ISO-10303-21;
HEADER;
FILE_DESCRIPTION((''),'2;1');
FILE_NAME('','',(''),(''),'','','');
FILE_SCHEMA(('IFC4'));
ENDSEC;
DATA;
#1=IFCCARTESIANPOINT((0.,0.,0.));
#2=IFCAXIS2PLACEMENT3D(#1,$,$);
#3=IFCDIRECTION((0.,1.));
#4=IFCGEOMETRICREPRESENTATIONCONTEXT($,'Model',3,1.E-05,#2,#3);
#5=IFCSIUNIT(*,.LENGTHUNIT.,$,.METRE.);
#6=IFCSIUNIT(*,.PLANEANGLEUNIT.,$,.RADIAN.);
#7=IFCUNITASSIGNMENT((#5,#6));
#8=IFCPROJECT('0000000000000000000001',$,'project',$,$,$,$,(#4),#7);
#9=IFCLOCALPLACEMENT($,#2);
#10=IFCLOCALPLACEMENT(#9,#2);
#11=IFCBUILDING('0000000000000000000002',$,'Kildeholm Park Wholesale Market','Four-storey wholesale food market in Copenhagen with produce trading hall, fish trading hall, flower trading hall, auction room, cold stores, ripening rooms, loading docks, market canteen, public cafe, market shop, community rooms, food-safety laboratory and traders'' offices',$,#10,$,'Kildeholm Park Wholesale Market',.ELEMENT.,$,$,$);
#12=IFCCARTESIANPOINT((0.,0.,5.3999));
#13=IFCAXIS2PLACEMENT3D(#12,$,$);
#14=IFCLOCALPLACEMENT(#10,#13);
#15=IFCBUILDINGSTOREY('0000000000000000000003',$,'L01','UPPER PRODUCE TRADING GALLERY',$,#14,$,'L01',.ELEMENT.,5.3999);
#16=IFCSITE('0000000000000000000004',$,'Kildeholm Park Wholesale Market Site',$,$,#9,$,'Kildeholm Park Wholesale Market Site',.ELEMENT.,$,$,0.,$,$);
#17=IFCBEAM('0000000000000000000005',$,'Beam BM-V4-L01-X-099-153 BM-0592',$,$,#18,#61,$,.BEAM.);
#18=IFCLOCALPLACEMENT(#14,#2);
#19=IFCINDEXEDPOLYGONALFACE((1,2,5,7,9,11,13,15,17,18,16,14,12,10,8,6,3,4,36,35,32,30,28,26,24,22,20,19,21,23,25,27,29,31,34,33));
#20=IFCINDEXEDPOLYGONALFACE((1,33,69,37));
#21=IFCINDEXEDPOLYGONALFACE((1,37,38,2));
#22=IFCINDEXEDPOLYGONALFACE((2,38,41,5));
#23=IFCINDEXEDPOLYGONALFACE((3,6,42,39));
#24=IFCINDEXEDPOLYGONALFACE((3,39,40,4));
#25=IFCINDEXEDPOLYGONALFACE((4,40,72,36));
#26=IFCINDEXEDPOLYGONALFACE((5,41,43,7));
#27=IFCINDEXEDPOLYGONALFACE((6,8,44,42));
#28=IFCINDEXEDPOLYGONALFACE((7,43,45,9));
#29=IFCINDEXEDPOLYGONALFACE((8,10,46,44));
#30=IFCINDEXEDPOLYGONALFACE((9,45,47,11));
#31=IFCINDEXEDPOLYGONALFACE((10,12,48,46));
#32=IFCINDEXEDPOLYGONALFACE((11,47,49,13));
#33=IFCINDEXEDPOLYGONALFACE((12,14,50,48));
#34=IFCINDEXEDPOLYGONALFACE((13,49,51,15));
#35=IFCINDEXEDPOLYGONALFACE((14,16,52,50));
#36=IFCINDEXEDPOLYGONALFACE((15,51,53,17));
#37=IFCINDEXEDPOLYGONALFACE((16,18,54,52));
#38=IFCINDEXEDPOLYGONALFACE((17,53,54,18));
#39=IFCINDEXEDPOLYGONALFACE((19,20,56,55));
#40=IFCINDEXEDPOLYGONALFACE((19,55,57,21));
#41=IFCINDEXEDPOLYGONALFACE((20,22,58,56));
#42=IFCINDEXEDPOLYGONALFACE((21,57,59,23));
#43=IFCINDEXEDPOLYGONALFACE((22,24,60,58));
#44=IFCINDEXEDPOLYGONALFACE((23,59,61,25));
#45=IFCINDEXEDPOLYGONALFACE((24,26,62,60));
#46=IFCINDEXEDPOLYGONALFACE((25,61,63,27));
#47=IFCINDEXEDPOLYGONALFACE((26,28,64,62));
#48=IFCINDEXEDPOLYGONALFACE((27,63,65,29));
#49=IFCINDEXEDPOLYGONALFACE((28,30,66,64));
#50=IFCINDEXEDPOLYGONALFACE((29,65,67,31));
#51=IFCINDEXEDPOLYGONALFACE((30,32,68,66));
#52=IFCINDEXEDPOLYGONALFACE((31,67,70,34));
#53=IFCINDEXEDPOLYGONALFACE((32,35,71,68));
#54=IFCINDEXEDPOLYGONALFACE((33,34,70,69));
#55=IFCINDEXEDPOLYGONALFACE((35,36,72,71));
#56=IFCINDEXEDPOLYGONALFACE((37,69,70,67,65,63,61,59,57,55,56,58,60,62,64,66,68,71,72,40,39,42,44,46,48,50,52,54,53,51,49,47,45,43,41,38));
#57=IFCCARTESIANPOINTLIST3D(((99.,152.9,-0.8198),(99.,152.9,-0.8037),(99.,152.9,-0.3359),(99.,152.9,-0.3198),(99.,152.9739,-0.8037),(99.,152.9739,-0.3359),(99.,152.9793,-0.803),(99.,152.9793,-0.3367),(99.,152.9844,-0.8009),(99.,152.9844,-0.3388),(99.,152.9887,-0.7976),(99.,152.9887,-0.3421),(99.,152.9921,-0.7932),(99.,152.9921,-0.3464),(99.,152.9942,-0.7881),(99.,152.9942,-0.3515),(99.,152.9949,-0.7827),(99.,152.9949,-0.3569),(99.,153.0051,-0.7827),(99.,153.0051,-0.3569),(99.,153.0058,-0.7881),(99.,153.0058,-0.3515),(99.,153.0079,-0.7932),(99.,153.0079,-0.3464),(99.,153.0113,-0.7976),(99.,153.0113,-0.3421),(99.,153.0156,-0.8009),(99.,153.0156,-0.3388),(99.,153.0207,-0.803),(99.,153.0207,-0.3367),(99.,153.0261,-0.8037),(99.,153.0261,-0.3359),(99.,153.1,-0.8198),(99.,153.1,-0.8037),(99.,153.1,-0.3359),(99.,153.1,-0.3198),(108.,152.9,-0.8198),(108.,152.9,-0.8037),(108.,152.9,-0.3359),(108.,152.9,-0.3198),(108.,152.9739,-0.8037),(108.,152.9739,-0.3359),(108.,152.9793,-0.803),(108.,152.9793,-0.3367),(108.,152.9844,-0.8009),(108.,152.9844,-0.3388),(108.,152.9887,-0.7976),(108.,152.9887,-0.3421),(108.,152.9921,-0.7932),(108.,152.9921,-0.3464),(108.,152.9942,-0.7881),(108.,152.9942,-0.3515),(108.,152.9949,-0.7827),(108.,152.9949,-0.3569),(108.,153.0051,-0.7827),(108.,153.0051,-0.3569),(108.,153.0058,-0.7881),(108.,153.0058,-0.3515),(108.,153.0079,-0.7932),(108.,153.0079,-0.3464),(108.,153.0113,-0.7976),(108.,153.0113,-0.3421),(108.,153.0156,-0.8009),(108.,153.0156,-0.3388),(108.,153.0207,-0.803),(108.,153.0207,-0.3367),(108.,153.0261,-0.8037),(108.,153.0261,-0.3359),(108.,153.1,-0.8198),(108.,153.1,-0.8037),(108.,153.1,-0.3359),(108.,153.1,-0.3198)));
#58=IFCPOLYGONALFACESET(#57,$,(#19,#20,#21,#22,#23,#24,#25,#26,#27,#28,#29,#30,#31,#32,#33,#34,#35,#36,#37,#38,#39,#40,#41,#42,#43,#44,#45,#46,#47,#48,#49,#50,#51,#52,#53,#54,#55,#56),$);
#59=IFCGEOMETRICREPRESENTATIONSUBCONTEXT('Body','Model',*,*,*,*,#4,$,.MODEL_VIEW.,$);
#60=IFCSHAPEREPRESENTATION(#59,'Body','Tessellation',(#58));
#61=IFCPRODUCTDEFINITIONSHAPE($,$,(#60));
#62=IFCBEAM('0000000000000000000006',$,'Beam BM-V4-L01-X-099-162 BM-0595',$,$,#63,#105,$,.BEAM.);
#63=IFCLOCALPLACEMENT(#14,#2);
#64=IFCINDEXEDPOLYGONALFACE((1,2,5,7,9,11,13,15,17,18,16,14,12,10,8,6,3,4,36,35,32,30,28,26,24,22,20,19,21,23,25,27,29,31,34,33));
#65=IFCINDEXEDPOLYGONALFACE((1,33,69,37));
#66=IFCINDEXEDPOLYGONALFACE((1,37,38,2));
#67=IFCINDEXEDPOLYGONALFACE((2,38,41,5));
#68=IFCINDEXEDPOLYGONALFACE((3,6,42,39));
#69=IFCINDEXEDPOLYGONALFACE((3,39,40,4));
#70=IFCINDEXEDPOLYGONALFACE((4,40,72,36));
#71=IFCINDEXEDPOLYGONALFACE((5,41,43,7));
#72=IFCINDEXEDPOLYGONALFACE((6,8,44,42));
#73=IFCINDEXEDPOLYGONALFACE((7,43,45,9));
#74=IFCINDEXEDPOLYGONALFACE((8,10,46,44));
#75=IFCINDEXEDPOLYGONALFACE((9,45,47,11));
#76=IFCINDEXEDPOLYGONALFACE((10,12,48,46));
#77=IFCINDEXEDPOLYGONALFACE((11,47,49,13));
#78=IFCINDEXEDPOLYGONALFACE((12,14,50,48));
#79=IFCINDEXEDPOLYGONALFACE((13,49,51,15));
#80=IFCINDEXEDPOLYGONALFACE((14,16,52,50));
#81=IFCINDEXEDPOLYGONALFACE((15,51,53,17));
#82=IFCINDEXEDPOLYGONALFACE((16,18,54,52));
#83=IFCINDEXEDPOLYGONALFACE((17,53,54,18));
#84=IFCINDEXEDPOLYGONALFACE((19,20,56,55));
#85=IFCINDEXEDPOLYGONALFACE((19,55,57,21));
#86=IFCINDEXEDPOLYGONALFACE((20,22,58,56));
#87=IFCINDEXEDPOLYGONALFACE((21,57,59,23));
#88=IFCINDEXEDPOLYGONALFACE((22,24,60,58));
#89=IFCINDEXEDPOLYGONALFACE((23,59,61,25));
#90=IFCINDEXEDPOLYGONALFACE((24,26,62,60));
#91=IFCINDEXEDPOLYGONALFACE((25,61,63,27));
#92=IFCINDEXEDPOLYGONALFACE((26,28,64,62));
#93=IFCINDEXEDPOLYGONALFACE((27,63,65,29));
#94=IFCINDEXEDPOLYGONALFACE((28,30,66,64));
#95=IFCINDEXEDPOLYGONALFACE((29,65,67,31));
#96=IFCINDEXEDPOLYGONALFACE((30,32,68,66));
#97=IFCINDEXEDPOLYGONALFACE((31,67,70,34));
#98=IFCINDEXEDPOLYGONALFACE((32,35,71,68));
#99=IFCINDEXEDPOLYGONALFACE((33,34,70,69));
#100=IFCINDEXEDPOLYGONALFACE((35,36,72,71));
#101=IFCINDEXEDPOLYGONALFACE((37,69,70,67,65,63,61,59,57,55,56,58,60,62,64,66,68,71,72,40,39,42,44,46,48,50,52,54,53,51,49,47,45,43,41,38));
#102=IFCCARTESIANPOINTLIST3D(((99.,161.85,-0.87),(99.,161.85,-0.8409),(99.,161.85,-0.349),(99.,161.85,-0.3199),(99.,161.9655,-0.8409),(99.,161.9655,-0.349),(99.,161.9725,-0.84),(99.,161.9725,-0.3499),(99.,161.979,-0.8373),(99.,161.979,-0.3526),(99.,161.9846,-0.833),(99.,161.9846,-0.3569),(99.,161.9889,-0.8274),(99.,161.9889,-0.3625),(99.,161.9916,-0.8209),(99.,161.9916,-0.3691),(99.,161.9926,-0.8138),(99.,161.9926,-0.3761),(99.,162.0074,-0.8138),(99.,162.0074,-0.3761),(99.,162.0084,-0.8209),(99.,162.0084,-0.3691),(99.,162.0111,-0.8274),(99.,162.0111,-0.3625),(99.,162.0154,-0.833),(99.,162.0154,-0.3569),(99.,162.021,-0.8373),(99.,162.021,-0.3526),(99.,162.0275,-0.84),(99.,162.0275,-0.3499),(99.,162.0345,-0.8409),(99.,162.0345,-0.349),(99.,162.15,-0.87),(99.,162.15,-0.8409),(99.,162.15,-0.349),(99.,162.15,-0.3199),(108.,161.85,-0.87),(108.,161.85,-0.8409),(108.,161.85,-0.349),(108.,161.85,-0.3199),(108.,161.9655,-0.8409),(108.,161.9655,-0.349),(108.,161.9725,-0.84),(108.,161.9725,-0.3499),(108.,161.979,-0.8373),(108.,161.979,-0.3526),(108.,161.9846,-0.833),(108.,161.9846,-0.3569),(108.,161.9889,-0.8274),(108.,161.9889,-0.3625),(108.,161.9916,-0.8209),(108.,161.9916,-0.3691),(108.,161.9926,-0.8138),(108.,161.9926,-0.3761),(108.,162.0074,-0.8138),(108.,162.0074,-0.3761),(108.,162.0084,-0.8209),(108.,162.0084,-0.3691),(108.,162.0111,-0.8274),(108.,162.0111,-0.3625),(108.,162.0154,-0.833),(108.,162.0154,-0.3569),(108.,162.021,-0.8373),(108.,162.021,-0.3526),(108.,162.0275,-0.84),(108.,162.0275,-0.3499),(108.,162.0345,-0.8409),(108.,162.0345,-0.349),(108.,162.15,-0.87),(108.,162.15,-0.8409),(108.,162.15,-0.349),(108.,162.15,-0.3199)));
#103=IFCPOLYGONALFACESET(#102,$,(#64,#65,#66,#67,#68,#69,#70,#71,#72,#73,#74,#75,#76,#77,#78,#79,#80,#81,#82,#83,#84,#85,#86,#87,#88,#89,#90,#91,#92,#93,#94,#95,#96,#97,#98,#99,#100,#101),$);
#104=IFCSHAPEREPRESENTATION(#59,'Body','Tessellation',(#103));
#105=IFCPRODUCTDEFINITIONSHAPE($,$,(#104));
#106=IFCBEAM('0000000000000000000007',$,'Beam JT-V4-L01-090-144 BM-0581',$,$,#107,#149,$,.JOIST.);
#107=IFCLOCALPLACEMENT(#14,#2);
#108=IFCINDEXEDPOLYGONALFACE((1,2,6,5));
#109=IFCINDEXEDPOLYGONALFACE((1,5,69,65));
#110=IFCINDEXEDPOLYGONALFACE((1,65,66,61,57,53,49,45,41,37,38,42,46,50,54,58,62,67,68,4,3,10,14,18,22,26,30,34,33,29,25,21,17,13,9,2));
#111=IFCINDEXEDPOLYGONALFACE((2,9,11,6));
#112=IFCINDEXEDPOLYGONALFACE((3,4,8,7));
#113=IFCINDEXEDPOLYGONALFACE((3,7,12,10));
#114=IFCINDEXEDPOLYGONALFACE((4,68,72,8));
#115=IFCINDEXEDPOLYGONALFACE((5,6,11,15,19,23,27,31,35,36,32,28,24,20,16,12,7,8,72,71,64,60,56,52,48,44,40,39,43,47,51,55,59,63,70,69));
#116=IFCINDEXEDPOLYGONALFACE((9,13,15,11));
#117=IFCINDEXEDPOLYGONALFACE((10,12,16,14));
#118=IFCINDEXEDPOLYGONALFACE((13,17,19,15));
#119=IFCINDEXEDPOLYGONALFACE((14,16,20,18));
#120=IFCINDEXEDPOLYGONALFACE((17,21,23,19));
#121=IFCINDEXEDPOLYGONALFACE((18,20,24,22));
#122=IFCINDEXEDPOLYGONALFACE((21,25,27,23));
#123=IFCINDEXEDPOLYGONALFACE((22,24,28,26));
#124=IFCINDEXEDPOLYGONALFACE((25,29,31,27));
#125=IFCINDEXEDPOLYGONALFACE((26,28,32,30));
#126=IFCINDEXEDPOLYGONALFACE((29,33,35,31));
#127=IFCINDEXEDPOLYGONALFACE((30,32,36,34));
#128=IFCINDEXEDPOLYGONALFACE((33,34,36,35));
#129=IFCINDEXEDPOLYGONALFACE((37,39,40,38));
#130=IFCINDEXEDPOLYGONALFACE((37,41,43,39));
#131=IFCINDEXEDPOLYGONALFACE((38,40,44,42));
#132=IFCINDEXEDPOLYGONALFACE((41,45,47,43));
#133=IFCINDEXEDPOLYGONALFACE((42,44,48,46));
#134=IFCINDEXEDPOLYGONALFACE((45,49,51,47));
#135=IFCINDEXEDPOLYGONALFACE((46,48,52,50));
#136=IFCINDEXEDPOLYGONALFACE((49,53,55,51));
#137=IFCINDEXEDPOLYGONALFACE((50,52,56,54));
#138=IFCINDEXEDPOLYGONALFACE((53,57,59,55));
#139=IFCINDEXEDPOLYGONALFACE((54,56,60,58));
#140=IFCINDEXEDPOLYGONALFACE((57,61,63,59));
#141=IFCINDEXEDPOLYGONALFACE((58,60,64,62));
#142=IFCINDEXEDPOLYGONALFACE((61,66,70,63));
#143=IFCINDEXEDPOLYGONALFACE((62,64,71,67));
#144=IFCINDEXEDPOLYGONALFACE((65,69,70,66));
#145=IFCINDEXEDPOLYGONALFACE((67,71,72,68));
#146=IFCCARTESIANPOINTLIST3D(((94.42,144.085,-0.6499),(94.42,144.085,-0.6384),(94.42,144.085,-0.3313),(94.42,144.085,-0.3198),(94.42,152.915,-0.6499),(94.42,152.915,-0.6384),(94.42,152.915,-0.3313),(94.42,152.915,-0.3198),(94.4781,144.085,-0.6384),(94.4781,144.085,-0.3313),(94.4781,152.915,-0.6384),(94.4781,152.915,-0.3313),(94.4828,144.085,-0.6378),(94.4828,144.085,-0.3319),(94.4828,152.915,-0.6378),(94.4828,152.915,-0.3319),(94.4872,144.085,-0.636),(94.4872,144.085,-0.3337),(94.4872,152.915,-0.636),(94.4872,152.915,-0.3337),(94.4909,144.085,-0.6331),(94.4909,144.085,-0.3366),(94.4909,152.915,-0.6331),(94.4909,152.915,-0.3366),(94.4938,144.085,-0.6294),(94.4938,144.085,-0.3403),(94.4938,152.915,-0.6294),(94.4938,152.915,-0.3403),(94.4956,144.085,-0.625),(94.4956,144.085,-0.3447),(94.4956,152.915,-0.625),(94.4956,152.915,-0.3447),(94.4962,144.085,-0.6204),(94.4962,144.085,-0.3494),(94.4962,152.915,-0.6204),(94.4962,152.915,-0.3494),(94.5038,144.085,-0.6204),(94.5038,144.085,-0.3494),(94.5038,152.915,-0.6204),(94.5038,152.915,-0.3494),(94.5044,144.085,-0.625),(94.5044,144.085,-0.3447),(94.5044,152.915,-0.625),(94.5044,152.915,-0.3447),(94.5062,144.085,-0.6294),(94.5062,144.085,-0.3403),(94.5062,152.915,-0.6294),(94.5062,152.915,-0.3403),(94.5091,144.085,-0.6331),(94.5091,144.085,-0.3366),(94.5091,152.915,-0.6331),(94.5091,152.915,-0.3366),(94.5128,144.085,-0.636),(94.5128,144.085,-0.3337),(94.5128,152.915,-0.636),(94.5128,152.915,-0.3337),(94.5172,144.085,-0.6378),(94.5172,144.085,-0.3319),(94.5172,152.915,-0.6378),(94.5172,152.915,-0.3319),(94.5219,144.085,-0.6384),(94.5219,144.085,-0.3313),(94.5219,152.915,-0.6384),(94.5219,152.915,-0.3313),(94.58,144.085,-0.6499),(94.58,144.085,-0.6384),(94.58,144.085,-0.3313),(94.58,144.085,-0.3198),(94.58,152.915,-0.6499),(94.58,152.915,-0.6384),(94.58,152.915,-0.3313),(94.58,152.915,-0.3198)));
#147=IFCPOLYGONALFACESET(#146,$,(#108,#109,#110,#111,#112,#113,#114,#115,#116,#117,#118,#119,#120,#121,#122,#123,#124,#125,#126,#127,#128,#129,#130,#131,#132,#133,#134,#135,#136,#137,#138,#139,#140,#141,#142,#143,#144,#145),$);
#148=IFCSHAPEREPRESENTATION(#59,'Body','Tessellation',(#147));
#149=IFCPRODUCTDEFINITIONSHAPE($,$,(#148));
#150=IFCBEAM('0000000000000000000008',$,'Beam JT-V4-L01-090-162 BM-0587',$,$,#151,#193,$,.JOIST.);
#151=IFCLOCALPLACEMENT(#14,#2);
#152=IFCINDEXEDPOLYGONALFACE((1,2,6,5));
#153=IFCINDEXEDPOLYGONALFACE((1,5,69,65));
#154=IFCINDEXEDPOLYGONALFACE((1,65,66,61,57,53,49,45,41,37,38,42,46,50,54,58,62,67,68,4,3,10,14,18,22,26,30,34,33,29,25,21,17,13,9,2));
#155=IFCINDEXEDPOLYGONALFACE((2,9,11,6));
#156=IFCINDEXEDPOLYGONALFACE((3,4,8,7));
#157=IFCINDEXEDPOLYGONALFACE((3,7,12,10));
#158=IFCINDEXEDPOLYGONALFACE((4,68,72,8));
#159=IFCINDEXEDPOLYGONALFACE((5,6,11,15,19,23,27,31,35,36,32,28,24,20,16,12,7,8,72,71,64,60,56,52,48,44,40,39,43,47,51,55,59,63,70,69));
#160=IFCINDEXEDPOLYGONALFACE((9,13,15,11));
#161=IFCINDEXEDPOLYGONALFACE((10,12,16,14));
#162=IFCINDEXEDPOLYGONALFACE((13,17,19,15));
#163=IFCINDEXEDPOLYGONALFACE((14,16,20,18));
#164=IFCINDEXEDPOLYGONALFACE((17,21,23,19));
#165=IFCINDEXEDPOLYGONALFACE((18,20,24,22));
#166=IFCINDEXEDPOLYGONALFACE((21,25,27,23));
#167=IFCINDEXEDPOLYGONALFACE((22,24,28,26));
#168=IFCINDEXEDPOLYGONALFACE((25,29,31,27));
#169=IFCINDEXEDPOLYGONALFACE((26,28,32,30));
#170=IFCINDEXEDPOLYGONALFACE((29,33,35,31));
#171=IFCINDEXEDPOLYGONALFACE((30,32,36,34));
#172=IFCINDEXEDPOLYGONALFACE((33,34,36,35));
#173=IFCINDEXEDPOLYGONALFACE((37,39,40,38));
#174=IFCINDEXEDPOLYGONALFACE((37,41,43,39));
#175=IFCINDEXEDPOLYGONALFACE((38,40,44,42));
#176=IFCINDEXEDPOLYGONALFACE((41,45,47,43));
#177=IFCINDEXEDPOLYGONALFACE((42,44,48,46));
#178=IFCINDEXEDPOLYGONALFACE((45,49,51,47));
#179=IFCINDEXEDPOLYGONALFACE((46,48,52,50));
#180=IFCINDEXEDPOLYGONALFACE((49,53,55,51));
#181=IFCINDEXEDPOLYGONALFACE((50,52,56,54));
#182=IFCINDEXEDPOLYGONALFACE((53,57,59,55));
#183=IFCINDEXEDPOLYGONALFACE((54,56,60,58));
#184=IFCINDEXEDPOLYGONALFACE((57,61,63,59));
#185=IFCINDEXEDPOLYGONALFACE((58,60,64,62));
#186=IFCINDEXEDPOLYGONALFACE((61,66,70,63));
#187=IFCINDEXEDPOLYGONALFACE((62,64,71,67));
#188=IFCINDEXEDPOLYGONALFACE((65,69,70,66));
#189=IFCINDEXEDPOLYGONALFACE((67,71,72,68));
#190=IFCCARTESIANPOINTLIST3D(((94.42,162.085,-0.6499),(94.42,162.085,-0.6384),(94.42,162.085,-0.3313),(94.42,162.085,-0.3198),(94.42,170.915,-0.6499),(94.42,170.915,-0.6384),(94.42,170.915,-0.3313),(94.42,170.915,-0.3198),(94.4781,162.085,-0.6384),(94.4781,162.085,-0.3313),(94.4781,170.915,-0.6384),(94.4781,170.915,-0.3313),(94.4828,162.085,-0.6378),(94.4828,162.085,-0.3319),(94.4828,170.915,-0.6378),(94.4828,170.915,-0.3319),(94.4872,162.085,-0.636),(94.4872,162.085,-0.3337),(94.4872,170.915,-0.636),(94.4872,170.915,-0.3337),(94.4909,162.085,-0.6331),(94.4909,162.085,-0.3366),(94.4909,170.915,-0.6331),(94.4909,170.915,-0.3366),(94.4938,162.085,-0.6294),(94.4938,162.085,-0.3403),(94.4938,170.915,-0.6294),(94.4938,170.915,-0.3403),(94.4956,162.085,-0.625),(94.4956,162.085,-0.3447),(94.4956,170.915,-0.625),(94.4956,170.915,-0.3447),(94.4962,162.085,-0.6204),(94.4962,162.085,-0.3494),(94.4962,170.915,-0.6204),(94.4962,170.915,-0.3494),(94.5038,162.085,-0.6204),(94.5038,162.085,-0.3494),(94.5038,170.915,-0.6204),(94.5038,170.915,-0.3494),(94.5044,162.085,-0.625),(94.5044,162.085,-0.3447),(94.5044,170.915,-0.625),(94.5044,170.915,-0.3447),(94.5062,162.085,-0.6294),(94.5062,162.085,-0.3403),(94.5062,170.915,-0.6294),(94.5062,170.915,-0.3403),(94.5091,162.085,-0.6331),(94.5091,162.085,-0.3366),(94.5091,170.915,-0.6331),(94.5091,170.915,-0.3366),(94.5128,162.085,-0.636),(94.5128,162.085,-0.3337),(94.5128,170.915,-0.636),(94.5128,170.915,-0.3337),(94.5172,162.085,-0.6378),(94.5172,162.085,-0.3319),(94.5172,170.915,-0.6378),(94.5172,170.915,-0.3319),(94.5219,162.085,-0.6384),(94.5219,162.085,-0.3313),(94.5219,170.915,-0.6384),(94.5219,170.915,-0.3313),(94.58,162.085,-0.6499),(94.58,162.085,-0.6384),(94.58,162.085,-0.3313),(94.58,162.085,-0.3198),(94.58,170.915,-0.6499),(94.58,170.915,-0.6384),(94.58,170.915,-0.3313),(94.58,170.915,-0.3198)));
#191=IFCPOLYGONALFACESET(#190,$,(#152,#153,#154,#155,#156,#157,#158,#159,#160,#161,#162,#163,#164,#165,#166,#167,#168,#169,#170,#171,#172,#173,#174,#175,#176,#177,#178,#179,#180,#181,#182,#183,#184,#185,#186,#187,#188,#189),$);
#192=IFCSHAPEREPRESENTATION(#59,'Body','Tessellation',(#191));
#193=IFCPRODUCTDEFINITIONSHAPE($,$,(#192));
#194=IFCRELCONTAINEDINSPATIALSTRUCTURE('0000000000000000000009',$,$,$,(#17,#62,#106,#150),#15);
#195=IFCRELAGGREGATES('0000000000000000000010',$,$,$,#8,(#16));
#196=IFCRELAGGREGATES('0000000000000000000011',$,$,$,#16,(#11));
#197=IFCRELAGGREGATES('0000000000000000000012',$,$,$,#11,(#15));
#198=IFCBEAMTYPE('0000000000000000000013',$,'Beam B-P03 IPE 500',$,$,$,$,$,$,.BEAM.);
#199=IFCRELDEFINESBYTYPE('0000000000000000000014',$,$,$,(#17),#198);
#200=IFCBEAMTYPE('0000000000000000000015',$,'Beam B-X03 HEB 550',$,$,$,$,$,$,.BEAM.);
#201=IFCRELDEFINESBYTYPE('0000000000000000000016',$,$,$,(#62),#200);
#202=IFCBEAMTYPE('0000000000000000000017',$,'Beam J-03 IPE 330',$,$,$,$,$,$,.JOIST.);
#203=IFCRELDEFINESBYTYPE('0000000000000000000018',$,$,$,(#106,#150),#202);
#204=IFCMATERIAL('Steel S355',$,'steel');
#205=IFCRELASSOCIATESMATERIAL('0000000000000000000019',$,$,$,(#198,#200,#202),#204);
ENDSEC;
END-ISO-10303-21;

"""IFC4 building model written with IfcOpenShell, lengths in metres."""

from ifc_helpers import new_model, si_unit, direction, frame, origin, origin_2d, place, context, subcontext, project, spatial, i_section, extrude, material, material_profile, profile_set, type_object, element, save


model = new_model("IFC4")

# Units and contexts
model_context = context("Model", 3, precision=1e-05, world=origin(), true_north=direction((0.0, 1.0)))
body_context = subcontext(model_context, "Body", "Model", "MODEL_VIEW")
ifc_project = project(units=[si_unit("LENGTHUNIT", "METRE"), si_unit("PLANEANGLEUNIT", "RADIAN")], contexts=[model_context])

# Site, building, storey
site_placement = place(None, origin())
site = spatial("IfcSite", under=ifc_project, at=site_placement, Name="Kildeholm Park Wholesale Market Site", LongName="Kildeholm Park Wholesale Market Site", CompositionType="ELEMENT", RefElevation=0.0)
building_placement = place(site_placement, origin())
building = spatial("IfcBuilding", under=site, at=building_placement, Name="Kildeholm Park Wholesale Market", Description="Four-storey wholesale food market in Copenhagen with produce trading hall, fish trading hall, flower trading hall, auction room, cold stores, ripening rooms, loading docks, market canteen, public cafe, market shop, community rooms, food-safety laboratory and traders' offices", LongName="Kildeholm Park Wholesale Market", CompositionType="ELEMENT")
storey_placement = place(building_placement, frame((0.0, 0.0, 5.3999)))
storey = spatial("IfcBuildingStorey", under=building, at=storey_placement, Name="L01", Description="UPPER PRODUCE TRADING GALLERY", LongName="L01", CompositionType="ELEMENT", Elevation=5.3999)

# Beams
ifc_material_1 = material(Name="Steel S355", Category="steel")
ifc_material_profile_1 = material_profile(ifc_material_1, i_section(OverallWidth=0.2, OverallDepth=0.5, WebThickness=0.0103, FlangeThickness=0.0161, FilletRadius=0.021, at=origin_2d()), Name="IPE 500")
ifc_profile_set_1 = profile_set([ifc_material_profile_1], Name="Steel S355")
beam_type_1 = type_object("IfcBeamType", Name="Beam B-P03 IPE 500", PredefinedType="BEAM", material=ifc_profile_set_1)
beam_1_placement = place(storey_placement, frame((99.0, 153.0, -0.5698), z_axis=(1.0, 0.0, 0.0), x_axis=(0.0, 1.0, 0.0)))
element("IfcBeam", 1, at=beam_1_placement, inside=storey, type_object=beam_type_1, Name="Beam BM-V4-L01-X-099-153 BM-0592", PredefinedType="BEAM", context=body_context, shape_type="SweptSolid", body=[
    extrude(i_section(OverallWidth=0.2, OverallDepth=0.5, WebThickness=0.0103, FlangeThickness=0.0161, FilletRadius=0.021, at=origin_2d()), origin(), (0.0, 0.0, 1.0), 9.0),
])
ifc_material_profile_2 = material_profile(ifc_material_1, i_section(OverallWidth=0.3, OverallDepth=0.55, WebThickness=0.0149, FlangeThickness=0.0291, FilletRadius=0.0271, at=origin_2d()), Name="HEB 550")
ifc_profile_set_2 = profile_set([ifc_material_profile_2], Name="Steel S355")
beam_type_2 = type_object("IfcBeamType", Name="Beam B-X03 HEB 550", PredefinedType="BEAM", material=ifc_profile_set_2)
beam_2_placement = place(storey_placement, frame((99.0, 162.0, -0.595), z_axis=(1.0, 0.0, 0.0), x_axis=(0.0, 1.0, 0.0)))
element("IfcBeam", 2, at=beam_2_placement, inside=storey, type_object=beam_type_2, Name="Beam BM-V4-L01-X-099-162 BM-0595", PredefinedType="BEAM", context=body_context, shape_type="SweptSolid", body=[
    extrude(i_section(OverallWidth=0.3, OverallDepth=0.55, WebThickness=0.0149, FlangeThickness=0.0291, FilletRadius=0.0271, at=origin_2d()), origin(), (0.0, 0.0, 1.0), 9.0),
])
ifc_material_profile_3 = material_profile(ifc_material_1, i_section(OverallWidth=0.1599, OverallDepth=0.3301, WebThickness=0.0076, FlangeThickness=0.0115, FilletRadius=0.0181, at=origin_2d()), Name="IPE 330")
ifc_profile_set_3 = profile_set([ifc_material_profile_3], Name="Steel S355")
beam_type_3 = type_object("IfcBeamType", Name="Beam J-03 IPE 330", PredefinedType="JOIST", material=ifc_profile_set_3)
for number, where, z_axis, x_axis, name in (
    (3, (94.5, 144.085, -0.4849), (0.0, 1.0, 0.0), (-1.0, 0.0, 0.0), "Beam JT-V4-L01-090-144 BM-0581"),
    (4, (94.5, 162.085, -0.4849), (0.0, 1.0, 0.0), (-1.0, 0.0, 0.0), "Beam JT-V4-L01-090-162 BM-0587"),
):
    element("IfcBeam", number, at=place(storey_placement, frame(where, z_axis=z_axis, x_axis=x_axis)), inside=storey, type_object=beam_type_3, Name=name, PredefinedType="JOIST", context=body_context, shape_type="SweptSolid", body=[
        extrude(i_section(OverallWidth=0.1599, OverallDepth=0.3301, WebThickness=0.0076, FlangeThickness=0.0115, FilletRadius=0.0181, at=origin_2d()), origin(), (0.0, 0.0, 1.0), 8.8301),
    ])

save(model, "model.ifc")
